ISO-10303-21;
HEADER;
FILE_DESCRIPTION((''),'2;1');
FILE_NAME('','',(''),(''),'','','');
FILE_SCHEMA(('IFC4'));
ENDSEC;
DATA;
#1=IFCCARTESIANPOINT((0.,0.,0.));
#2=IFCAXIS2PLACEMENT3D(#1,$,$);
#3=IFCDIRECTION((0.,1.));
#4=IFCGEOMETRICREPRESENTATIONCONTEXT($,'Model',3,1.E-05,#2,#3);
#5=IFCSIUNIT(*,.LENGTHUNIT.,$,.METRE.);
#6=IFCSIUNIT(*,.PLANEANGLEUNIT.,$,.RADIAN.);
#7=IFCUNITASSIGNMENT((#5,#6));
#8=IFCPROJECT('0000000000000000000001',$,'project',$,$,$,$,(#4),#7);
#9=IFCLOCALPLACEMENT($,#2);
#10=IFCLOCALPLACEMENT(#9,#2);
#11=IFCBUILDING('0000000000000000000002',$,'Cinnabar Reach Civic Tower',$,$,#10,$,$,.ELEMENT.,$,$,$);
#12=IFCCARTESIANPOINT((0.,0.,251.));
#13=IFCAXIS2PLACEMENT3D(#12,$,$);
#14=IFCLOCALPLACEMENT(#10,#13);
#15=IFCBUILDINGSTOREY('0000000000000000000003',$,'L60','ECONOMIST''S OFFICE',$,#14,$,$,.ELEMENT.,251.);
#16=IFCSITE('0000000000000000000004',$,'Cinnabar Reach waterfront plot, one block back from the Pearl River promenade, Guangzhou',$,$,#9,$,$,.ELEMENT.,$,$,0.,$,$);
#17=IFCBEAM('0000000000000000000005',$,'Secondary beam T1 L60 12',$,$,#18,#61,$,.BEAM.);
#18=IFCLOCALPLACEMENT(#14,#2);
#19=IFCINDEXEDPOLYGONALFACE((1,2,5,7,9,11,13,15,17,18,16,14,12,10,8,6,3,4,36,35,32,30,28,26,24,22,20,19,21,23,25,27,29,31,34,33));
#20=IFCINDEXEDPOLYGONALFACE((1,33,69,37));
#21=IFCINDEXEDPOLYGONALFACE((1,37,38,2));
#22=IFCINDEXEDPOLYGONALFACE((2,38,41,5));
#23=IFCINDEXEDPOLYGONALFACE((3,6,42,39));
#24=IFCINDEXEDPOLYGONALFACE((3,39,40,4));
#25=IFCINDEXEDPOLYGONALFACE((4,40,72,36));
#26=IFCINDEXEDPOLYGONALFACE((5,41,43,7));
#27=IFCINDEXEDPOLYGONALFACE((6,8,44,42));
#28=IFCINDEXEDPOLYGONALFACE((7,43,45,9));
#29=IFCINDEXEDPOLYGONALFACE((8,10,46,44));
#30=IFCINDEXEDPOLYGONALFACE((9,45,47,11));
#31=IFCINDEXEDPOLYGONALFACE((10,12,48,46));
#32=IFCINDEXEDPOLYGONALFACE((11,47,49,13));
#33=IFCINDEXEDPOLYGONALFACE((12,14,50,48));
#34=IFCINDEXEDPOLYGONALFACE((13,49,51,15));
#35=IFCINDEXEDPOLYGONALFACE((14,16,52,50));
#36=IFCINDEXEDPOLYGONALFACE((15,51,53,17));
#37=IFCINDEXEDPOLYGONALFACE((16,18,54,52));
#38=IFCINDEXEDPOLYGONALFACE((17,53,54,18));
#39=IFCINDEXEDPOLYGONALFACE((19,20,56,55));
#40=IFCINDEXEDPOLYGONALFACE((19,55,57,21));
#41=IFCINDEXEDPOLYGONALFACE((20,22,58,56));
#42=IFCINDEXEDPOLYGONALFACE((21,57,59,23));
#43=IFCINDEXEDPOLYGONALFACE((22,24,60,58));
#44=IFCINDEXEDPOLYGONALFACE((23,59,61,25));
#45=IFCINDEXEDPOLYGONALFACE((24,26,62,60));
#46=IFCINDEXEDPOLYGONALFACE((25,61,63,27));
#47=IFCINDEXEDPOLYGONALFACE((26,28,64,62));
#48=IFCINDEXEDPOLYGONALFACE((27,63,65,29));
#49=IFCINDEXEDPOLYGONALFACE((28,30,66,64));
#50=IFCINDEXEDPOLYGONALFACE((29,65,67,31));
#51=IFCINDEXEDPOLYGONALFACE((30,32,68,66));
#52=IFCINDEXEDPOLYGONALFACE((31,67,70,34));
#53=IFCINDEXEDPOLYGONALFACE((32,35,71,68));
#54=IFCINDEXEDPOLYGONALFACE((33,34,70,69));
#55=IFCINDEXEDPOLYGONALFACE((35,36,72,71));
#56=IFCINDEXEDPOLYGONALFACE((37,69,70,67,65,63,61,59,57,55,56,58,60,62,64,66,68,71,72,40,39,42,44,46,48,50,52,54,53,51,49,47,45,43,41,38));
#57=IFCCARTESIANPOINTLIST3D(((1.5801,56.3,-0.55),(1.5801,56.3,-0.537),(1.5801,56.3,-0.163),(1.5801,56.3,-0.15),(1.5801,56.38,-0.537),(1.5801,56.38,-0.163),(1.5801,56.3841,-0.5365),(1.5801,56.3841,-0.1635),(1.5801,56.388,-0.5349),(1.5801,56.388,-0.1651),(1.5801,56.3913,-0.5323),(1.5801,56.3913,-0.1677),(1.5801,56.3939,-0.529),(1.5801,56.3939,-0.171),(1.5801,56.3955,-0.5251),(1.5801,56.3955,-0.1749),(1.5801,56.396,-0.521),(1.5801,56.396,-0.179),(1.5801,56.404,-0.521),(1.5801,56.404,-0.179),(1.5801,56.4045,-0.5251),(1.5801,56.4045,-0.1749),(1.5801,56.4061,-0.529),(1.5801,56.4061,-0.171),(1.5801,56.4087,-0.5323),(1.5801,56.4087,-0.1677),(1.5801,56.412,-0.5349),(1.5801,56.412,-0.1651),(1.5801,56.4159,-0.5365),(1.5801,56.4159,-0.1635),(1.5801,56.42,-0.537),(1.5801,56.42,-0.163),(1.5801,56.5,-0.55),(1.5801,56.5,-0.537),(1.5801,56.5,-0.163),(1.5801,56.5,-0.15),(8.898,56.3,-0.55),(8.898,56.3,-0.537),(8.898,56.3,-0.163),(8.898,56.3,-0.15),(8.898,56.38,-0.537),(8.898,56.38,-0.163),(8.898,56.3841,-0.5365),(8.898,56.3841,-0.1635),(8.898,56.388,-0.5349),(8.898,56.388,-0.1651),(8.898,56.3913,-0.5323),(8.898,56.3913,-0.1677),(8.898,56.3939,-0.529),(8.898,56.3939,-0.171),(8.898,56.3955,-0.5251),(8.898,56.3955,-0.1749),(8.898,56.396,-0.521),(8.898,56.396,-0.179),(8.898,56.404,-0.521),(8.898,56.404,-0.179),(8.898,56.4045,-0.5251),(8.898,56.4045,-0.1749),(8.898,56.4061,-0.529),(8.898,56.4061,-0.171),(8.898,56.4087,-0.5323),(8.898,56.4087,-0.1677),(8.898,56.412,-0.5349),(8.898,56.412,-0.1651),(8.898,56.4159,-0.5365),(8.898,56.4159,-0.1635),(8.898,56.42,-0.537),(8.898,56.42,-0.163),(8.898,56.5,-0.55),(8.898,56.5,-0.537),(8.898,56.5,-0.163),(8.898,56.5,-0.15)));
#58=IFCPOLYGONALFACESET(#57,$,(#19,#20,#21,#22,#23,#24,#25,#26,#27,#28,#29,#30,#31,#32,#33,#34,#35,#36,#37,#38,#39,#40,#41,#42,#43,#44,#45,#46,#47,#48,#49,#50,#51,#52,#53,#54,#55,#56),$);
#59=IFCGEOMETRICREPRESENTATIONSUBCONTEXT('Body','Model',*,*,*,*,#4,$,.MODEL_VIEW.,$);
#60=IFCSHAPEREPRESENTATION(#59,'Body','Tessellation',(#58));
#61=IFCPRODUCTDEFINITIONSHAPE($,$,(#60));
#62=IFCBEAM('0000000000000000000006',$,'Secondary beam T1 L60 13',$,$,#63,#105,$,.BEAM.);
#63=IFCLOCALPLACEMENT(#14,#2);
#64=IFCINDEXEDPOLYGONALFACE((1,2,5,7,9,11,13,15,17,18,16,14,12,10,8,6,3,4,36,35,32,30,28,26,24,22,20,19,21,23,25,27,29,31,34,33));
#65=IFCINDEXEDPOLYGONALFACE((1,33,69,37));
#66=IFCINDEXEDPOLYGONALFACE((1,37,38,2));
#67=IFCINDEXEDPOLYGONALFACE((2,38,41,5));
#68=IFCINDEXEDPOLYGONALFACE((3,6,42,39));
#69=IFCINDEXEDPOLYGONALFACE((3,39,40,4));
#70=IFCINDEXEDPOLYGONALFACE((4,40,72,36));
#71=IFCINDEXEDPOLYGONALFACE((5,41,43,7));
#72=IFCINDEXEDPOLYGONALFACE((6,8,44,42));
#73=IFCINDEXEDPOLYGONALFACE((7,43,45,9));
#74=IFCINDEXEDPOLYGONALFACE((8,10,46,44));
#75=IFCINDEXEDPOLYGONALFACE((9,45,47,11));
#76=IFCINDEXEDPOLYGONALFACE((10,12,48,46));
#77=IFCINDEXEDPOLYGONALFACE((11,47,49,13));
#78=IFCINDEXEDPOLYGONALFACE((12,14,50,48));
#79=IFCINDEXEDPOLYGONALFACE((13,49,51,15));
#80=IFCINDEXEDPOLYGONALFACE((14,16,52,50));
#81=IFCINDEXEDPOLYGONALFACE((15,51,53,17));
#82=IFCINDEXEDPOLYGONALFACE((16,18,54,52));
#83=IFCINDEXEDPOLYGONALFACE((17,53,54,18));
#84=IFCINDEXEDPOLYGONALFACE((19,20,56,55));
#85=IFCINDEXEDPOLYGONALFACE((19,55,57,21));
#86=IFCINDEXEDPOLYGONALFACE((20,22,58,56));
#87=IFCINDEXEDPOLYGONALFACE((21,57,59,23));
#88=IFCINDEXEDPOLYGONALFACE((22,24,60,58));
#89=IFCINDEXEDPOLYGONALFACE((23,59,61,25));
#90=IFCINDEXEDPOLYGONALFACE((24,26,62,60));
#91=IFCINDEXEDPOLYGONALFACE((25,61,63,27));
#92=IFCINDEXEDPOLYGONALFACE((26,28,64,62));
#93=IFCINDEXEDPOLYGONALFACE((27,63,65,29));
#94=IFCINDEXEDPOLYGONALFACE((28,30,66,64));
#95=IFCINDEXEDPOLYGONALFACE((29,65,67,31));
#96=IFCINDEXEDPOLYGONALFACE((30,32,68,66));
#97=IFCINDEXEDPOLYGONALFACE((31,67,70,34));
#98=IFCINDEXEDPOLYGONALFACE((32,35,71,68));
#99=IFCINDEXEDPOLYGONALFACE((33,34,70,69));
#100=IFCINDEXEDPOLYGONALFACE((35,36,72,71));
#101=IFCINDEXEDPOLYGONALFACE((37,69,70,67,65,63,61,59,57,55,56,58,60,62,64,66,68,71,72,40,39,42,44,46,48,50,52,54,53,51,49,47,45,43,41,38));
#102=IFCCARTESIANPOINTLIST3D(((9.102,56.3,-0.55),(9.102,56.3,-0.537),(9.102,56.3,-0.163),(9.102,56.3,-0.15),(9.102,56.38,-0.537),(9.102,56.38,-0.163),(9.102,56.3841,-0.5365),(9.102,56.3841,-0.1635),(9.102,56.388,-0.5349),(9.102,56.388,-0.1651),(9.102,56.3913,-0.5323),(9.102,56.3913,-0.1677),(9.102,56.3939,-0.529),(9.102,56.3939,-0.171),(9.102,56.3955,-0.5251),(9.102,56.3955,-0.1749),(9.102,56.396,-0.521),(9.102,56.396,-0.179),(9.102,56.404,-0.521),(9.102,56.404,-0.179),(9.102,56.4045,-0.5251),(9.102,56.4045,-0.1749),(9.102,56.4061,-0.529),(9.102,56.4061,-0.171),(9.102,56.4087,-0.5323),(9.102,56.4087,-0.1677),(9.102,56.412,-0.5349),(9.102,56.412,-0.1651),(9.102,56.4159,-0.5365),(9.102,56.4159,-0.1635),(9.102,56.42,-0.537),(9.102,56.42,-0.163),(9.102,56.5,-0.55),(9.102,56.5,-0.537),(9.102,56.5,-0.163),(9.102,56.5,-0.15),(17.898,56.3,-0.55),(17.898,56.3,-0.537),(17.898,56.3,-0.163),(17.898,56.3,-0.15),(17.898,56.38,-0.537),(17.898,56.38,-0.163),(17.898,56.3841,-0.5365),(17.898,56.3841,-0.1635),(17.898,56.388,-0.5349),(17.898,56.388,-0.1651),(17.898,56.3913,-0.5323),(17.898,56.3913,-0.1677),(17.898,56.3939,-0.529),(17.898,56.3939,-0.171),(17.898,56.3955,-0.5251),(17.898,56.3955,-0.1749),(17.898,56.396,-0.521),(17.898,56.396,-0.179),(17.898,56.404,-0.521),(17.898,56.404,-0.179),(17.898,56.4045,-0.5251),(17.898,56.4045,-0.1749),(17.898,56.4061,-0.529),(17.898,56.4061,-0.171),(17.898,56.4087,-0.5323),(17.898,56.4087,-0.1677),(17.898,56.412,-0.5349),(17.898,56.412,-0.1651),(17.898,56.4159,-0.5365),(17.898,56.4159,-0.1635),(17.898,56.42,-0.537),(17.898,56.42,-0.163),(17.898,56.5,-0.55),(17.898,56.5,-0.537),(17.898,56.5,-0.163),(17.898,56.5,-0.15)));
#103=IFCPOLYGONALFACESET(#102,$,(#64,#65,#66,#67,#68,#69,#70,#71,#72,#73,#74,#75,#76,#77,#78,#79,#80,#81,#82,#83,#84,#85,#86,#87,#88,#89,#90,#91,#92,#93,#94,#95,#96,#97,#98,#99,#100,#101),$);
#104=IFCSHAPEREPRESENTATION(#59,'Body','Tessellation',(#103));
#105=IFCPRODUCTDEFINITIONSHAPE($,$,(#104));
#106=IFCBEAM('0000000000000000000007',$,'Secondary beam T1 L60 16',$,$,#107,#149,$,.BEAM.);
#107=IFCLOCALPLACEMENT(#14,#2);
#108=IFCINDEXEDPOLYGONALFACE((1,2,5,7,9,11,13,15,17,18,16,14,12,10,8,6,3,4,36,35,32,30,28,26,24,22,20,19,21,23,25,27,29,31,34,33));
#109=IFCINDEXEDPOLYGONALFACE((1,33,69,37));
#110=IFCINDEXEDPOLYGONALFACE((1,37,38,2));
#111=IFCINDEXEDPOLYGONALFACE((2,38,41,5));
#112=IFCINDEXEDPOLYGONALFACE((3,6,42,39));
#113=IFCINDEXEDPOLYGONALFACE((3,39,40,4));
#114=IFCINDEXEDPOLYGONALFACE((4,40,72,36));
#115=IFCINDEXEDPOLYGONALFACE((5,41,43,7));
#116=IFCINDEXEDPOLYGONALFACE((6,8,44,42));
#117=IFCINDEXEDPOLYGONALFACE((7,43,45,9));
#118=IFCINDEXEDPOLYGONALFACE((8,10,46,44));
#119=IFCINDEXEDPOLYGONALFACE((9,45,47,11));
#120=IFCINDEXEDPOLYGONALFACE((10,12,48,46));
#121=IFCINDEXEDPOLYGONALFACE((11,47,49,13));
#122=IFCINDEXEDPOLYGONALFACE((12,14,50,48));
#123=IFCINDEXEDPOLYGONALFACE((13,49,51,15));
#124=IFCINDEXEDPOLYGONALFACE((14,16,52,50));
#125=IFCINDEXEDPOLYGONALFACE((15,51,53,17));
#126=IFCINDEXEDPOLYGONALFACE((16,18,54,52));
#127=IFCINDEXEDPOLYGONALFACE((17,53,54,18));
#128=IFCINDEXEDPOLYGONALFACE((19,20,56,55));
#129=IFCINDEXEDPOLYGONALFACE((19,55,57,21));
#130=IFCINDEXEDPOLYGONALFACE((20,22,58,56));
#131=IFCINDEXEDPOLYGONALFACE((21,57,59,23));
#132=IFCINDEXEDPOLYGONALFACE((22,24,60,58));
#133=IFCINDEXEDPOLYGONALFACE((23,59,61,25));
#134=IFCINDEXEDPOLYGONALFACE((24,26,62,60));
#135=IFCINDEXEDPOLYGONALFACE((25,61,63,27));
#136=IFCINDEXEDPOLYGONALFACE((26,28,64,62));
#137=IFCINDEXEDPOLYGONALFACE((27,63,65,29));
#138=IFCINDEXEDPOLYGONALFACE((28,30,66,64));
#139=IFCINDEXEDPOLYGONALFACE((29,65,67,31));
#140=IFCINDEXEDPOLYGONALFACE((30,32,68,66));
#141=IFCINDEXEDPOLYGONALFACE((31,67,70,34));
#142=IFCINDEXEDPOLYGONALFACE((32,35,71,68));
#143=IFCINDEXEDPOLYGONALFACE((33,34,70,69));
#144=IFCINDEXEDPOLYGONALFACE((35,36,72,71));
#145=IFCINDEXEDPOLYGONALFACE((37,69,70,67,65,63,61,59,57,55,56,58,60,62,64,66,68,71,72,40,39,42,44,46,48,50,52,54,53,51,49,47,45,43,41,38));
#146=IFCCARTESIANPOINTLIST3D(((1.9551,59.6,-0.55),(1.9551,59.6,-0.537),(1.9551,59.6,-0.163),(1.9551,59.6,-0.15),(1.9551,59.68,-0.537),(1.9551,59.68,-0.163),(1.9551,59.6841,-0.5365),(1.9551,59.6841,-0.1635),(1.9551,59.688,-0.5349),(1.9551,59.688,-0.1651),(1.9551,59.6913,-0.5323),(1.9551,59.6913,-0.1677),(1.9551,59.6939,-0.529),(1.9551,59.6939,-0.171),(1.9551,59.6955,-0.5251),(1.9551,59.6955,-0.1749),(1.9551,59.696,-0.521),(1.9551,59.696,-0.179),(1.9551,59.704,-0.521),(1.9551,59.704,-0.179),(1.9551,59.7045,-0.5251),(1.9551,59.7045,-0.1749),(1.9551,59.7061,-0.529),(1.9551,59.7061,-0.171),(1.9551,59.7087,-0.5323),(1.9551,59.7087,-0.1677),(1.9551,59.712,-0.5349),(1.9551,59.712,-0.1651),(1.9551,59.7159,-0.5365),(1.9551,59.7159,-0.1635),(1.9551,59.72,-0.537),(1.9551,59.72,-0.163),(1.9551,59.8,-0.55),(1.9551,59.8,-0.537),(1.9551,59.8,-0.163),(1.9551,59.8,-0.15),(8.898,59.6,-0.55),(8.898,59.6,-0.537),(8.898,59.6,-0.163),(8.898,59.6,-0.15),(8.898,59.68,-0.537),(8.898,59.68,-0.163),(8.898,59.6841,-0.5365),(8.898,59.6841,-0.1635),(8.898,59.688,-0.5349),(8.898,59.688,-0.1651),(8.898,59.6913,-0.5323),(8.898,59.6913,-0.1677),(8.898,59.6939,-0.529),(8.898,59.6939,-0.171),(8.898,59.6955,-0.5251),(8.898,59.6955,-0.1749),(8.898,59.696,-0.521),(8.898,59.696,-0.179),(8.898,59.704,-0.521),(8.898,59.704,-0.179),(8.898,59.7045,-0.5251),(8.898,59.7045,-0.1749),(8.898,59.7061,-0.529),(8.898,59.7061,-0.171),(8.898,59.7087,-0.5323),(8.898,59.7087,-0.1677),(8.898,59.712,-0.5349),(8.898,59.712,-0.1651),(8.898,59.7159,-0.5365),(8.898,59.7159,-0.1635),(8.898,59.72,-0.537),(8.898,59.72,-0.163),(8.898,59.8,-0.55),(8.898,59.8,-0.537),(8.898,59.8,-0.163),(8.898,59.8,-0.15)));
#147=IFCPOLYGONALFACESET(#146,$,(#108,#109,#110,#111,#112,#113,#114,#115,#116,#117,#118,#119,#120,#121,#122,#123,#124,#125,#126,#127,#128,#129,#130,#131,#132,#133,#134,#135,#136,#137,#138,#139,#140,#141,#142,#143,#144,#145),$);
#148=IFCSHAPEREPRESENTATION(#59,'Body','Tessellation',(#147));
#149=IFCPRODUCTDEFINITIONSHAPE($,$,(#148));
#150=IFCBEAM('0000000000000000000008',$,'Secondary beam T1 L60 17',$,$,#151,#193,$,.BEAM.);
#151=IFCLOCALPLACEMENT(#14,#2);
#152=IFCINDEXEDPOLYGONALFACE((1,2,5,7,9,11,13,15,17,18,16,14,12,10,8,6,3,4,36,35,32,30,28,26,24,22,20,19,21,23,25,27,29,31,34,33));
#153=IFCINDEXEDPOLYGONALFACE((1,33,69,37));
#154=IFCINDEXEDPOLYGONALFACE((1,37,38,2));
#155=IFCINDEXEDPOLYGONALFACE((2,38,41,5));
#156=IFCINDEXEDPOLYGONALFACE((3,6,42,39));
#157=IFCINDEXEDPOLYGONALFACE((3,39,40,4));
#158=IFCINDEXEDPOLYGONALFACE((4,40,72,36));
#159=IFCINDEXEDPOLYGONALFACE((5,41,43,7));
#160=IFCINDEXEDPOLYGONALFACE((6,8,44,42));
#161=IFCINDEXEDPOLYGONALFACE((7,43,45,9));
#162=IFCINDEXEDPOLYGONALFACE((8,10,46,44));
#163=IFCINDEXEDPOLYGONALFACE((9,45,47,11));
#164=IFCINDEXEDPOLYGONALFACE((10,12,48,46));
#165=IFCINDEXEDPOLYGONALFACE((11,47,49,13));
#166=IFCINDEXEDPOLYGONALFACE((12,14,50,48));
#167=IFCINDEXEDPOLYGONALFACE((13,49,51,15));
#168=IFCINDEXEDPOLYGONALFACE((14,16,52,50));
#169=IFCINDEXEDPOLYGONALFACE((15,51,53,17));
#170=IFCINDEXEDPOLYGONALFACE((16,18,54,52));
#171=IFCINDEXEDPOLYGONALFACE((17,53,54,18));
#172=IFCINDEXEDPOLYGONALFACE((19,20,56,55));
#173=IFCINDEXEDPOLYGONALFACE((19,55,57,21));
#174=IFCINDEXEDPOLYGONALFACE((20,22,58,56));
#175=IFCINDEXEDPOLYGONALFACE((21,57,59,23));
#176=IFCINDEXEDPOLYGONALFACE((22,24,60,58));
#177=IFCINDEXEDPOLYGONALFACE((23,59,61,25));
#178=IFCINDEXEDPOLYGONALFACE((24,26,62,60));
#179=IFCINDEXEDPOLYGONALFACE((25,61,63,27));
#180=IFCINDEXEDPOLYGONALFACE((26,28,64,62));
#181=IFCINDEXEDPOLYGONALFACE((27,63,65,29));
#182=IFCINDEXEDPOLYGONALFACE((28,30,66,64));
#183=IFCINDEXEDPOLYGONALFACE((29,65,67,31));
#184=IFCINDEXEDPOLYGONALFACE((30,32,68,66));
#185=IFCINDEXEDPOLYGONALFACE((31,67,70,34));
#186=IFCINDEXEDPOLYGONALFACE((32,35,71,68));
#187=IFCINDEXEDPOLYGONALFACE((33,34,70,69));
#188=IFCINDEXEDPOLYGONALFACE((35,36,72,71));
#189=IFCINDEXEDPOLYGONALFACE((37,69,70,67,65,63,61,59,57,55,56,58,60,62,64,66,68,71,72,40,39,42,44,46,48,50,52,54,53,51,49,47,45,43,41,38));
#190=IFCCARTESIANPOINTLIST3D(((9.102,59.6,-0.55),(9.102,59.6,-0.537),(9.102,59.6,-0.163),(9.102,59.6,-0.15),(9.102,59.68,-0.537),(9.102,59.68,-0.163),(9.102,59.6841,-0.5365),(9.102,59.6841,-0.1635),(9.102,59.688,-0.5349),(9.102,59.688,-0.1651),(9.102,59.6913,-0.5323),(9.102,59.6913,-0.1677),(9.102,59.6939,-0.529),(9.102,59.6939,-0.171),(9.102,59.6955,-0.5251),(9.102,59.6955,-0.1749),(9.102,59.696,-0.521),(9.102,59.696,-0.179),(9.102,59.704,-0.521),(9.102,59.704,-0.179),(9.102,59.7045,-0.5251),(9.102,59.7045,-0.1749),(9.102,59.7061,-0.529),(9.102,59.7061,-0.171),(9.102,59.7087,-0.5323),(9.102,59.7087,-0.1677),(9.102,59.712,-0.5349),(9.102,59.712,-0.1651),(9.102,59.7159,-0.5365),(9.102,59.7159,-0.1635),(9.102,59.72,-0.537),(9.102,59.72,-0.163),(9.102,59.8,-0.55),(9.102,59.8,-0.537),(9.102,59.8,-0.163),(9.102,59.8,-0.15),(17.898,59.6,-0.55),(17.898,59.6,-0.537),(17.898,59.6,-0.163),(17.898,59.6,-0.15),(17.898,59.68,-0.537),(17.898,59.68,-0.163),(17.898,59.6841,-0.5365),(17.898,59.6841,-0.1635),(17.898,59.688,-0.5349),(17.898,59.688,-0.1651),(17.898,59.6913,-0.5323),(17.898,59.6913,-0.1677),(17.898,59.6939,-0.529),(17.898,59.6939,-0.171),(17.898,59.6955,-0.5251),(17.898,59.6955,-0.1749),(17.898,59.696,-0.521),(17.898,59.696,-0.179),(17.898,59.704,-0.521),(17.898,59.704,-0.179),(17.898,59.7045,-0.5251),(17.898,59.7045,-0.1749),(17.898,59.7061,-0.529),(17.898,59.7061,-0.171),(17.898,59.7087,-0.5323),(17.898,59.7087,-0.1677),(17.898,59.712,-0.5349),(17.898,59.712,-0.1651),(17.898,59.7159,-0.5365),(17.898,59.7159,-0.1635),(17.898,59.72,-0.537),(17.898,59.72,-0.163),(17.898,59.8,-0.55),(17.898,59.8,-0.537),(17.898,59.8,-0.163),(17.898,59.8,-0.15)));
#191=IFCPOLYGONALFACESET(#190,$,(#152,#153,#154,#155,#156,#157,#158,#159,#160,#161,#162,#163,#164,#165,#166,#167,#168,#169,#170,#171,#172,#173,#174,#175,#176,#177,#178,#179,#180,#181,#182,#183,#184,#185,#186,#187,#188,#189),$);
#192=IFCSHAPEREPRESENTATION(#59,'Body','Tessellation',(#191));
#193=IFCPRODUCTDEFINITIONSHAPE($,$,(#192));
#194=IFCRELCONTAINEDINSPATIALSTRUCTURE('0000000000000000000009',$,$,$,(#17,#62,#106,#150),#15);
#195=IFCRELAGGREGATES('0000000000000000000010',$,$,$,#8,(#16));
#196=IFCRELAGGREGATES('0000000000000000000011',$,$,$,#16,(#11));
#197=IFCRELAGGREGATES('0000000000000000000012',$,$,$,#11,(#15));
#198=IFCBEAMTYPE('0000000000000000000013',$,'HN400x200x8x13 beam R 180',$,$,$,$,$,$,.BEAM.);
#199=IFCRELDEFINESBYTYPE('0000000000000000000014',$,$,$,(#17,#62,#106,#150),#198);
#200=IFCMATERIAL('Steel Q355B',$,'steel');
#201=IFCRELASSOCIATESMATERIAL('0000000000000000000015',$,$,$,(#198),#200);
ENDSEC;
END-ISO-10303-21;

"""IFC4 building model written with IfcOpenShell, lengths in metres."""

from ifc_helpers import new_model, si_unit, direction, frame, origin, origin_2d, place, context, subcontext, project, spatial, i_section, extrude, material, material_profile, profile_set, type_object, element, save


model = new_model("IFC4")

# Units and contexts
model_context = context("Model", 3, precision=1e-05, world=origin(), true_north=direction((0.0, 1.0)))
body_context = subcontext(model_context, "Body", "Model", "MODEL_VIEW")
ifc_project = project(units=[si_unit("LENGTHUNIT", "METRE"), si_unit("PLANEANGLEUNIT", "RADIAN")], contexts=[model_context])

# Site, building, storey
site_placement = place(None, origin())
site = spatial("IfcSite", under=ifc_project, at=site_placement, Name="Cinnabar Reach waterfront plot, one block back from the Pearl River promenade, Guangzhou", CompositionType="ELEMENT", RefElevation=0.0)
building_placement = place(site_placement, origin())
building = spatial("IfcBuilding", under=site, at=building_placement, Name="Cinnabar Reach Civic Tower", CompositionType="ELEMENT")
storey_placement = place(building_placement, frame((0.0, 0.0, 251.0)))
storey = spatial("IfcBuildingStorey", under=building, at=storey_placement, Name="L60", Description="ECONOMIST'S OFFICE", CompositionType="ELEMENT", Elevation=251.0)

# Beams
ifc_material_1 = material(Name="Steel Q355B", Category="steel")
ifc_material_profile_1 = material_profile(ifc_material_1, i_section(OverallWidth=0.2, OverallDepth=0.4, WebThickness=0.008, FlangeThickness=0.013, FilletRadius=0.016, at=origin_2d()), Name="HN400x200x8x13")
ifc_profile_set_1 = profile_set([ifc_material_profile_1], Name="Steel Q355B")
beam_type_1 = type_object("IfcBeamType", Name="HN400x200x8x13 beam R 180", PredefinedType="BEAM", material=ifc_profile_set_1)
beam_1_placement = place(storey_placement, frame((1.5801, 56.4, -0.35), z_axis=(1.0, 0.0, 0.0), x_axis=(0.0, 1.0, 0.0)))
element("IfcBeam", 1, at=beam_1_placement, inside=storey, type_object=beam_type_1, Name="Secondary beam T1 L60 12", PredefinedType="BEAM", context=body_context, shape_type="SweptSolid", body=[
    extrude(i_section(OverallWidth=0.2, OverallDepth=0.4, WebThickness=0.008, FlangeThickness=0.013, FilletRadius=0.016, at=origin_2d()), origin(), (0.0, 0.0, 1.0), 7.3179),
])
beam_2_placement = place(storey_placement, frame((9.102, 56.4, -0.35), z_axis=(1.0, 0.0, 0.0), x_axis=(0.0, 1.0, 0.0)))
element("IfcBeam", 2, at=beam_2_placement, inside=storey, type_object=beam_type_1, Name="Secondary beam T1 L60 13", PredefinedType="BEAM", context=body_context, shape_type="SweptSolid", body=[
    extrude(i_section(OverallWidth=0.2, OverallDepth=0.4, WebThickness=0.008, FlangeThickness=0.013, FilletRadius=0.016, at=origin_2d()), origin(), (0.0, 0.0, 1.0), 8.796),
])
beam_3_placement = place(storey_placement, frame((1.9551, 59.7, -0.35), z_axis=(1.0, 0.0, 0.0), x_axis=(0.0, 1.0, 0.0)))
element("IfcBeam", 3, at=beam_3_placement, inside=storey, type_object=beam_type_1, Name="Secondary beam T1 L60 16", PredefinedType="BEAM", context=body_context, shape_type="SweptSolid", body=[
    extrude(i_section(OverallWidth=0.2, OverallDepth=0.4, WebThickness=0.008, FlangeThickness=0.013, FilletRadius=0.016, at=origin_2d()), origin(), (0.0, 0.0, 1.0), 6.9429),
])
beam_4_placement = place(storey_placement, frame((9.102, 59.7, -0.35), z_axis=(1.0, 0.0, 0.0), x_axis=(0.0, 1.0, 0.0)))
element("IfcBeam", 4, at=beam_4_placement, inside=storey, type_object=beam_type_1, Name="Secondary beam T1 L60 17", PredefinedType="BEAM", context=body_context, shape_type="SweptSolid", body=[
    extrude(i_section(OverallWidth=0.2, OverallDepth=0.4, WebThickness=0.008, FlangeThickness=0.013, FilletRadius=0.016, at=origin_2d()), origin(), (0.0, 0.0, 1.0), 8.796),
])

save(model, "model.ifc")
